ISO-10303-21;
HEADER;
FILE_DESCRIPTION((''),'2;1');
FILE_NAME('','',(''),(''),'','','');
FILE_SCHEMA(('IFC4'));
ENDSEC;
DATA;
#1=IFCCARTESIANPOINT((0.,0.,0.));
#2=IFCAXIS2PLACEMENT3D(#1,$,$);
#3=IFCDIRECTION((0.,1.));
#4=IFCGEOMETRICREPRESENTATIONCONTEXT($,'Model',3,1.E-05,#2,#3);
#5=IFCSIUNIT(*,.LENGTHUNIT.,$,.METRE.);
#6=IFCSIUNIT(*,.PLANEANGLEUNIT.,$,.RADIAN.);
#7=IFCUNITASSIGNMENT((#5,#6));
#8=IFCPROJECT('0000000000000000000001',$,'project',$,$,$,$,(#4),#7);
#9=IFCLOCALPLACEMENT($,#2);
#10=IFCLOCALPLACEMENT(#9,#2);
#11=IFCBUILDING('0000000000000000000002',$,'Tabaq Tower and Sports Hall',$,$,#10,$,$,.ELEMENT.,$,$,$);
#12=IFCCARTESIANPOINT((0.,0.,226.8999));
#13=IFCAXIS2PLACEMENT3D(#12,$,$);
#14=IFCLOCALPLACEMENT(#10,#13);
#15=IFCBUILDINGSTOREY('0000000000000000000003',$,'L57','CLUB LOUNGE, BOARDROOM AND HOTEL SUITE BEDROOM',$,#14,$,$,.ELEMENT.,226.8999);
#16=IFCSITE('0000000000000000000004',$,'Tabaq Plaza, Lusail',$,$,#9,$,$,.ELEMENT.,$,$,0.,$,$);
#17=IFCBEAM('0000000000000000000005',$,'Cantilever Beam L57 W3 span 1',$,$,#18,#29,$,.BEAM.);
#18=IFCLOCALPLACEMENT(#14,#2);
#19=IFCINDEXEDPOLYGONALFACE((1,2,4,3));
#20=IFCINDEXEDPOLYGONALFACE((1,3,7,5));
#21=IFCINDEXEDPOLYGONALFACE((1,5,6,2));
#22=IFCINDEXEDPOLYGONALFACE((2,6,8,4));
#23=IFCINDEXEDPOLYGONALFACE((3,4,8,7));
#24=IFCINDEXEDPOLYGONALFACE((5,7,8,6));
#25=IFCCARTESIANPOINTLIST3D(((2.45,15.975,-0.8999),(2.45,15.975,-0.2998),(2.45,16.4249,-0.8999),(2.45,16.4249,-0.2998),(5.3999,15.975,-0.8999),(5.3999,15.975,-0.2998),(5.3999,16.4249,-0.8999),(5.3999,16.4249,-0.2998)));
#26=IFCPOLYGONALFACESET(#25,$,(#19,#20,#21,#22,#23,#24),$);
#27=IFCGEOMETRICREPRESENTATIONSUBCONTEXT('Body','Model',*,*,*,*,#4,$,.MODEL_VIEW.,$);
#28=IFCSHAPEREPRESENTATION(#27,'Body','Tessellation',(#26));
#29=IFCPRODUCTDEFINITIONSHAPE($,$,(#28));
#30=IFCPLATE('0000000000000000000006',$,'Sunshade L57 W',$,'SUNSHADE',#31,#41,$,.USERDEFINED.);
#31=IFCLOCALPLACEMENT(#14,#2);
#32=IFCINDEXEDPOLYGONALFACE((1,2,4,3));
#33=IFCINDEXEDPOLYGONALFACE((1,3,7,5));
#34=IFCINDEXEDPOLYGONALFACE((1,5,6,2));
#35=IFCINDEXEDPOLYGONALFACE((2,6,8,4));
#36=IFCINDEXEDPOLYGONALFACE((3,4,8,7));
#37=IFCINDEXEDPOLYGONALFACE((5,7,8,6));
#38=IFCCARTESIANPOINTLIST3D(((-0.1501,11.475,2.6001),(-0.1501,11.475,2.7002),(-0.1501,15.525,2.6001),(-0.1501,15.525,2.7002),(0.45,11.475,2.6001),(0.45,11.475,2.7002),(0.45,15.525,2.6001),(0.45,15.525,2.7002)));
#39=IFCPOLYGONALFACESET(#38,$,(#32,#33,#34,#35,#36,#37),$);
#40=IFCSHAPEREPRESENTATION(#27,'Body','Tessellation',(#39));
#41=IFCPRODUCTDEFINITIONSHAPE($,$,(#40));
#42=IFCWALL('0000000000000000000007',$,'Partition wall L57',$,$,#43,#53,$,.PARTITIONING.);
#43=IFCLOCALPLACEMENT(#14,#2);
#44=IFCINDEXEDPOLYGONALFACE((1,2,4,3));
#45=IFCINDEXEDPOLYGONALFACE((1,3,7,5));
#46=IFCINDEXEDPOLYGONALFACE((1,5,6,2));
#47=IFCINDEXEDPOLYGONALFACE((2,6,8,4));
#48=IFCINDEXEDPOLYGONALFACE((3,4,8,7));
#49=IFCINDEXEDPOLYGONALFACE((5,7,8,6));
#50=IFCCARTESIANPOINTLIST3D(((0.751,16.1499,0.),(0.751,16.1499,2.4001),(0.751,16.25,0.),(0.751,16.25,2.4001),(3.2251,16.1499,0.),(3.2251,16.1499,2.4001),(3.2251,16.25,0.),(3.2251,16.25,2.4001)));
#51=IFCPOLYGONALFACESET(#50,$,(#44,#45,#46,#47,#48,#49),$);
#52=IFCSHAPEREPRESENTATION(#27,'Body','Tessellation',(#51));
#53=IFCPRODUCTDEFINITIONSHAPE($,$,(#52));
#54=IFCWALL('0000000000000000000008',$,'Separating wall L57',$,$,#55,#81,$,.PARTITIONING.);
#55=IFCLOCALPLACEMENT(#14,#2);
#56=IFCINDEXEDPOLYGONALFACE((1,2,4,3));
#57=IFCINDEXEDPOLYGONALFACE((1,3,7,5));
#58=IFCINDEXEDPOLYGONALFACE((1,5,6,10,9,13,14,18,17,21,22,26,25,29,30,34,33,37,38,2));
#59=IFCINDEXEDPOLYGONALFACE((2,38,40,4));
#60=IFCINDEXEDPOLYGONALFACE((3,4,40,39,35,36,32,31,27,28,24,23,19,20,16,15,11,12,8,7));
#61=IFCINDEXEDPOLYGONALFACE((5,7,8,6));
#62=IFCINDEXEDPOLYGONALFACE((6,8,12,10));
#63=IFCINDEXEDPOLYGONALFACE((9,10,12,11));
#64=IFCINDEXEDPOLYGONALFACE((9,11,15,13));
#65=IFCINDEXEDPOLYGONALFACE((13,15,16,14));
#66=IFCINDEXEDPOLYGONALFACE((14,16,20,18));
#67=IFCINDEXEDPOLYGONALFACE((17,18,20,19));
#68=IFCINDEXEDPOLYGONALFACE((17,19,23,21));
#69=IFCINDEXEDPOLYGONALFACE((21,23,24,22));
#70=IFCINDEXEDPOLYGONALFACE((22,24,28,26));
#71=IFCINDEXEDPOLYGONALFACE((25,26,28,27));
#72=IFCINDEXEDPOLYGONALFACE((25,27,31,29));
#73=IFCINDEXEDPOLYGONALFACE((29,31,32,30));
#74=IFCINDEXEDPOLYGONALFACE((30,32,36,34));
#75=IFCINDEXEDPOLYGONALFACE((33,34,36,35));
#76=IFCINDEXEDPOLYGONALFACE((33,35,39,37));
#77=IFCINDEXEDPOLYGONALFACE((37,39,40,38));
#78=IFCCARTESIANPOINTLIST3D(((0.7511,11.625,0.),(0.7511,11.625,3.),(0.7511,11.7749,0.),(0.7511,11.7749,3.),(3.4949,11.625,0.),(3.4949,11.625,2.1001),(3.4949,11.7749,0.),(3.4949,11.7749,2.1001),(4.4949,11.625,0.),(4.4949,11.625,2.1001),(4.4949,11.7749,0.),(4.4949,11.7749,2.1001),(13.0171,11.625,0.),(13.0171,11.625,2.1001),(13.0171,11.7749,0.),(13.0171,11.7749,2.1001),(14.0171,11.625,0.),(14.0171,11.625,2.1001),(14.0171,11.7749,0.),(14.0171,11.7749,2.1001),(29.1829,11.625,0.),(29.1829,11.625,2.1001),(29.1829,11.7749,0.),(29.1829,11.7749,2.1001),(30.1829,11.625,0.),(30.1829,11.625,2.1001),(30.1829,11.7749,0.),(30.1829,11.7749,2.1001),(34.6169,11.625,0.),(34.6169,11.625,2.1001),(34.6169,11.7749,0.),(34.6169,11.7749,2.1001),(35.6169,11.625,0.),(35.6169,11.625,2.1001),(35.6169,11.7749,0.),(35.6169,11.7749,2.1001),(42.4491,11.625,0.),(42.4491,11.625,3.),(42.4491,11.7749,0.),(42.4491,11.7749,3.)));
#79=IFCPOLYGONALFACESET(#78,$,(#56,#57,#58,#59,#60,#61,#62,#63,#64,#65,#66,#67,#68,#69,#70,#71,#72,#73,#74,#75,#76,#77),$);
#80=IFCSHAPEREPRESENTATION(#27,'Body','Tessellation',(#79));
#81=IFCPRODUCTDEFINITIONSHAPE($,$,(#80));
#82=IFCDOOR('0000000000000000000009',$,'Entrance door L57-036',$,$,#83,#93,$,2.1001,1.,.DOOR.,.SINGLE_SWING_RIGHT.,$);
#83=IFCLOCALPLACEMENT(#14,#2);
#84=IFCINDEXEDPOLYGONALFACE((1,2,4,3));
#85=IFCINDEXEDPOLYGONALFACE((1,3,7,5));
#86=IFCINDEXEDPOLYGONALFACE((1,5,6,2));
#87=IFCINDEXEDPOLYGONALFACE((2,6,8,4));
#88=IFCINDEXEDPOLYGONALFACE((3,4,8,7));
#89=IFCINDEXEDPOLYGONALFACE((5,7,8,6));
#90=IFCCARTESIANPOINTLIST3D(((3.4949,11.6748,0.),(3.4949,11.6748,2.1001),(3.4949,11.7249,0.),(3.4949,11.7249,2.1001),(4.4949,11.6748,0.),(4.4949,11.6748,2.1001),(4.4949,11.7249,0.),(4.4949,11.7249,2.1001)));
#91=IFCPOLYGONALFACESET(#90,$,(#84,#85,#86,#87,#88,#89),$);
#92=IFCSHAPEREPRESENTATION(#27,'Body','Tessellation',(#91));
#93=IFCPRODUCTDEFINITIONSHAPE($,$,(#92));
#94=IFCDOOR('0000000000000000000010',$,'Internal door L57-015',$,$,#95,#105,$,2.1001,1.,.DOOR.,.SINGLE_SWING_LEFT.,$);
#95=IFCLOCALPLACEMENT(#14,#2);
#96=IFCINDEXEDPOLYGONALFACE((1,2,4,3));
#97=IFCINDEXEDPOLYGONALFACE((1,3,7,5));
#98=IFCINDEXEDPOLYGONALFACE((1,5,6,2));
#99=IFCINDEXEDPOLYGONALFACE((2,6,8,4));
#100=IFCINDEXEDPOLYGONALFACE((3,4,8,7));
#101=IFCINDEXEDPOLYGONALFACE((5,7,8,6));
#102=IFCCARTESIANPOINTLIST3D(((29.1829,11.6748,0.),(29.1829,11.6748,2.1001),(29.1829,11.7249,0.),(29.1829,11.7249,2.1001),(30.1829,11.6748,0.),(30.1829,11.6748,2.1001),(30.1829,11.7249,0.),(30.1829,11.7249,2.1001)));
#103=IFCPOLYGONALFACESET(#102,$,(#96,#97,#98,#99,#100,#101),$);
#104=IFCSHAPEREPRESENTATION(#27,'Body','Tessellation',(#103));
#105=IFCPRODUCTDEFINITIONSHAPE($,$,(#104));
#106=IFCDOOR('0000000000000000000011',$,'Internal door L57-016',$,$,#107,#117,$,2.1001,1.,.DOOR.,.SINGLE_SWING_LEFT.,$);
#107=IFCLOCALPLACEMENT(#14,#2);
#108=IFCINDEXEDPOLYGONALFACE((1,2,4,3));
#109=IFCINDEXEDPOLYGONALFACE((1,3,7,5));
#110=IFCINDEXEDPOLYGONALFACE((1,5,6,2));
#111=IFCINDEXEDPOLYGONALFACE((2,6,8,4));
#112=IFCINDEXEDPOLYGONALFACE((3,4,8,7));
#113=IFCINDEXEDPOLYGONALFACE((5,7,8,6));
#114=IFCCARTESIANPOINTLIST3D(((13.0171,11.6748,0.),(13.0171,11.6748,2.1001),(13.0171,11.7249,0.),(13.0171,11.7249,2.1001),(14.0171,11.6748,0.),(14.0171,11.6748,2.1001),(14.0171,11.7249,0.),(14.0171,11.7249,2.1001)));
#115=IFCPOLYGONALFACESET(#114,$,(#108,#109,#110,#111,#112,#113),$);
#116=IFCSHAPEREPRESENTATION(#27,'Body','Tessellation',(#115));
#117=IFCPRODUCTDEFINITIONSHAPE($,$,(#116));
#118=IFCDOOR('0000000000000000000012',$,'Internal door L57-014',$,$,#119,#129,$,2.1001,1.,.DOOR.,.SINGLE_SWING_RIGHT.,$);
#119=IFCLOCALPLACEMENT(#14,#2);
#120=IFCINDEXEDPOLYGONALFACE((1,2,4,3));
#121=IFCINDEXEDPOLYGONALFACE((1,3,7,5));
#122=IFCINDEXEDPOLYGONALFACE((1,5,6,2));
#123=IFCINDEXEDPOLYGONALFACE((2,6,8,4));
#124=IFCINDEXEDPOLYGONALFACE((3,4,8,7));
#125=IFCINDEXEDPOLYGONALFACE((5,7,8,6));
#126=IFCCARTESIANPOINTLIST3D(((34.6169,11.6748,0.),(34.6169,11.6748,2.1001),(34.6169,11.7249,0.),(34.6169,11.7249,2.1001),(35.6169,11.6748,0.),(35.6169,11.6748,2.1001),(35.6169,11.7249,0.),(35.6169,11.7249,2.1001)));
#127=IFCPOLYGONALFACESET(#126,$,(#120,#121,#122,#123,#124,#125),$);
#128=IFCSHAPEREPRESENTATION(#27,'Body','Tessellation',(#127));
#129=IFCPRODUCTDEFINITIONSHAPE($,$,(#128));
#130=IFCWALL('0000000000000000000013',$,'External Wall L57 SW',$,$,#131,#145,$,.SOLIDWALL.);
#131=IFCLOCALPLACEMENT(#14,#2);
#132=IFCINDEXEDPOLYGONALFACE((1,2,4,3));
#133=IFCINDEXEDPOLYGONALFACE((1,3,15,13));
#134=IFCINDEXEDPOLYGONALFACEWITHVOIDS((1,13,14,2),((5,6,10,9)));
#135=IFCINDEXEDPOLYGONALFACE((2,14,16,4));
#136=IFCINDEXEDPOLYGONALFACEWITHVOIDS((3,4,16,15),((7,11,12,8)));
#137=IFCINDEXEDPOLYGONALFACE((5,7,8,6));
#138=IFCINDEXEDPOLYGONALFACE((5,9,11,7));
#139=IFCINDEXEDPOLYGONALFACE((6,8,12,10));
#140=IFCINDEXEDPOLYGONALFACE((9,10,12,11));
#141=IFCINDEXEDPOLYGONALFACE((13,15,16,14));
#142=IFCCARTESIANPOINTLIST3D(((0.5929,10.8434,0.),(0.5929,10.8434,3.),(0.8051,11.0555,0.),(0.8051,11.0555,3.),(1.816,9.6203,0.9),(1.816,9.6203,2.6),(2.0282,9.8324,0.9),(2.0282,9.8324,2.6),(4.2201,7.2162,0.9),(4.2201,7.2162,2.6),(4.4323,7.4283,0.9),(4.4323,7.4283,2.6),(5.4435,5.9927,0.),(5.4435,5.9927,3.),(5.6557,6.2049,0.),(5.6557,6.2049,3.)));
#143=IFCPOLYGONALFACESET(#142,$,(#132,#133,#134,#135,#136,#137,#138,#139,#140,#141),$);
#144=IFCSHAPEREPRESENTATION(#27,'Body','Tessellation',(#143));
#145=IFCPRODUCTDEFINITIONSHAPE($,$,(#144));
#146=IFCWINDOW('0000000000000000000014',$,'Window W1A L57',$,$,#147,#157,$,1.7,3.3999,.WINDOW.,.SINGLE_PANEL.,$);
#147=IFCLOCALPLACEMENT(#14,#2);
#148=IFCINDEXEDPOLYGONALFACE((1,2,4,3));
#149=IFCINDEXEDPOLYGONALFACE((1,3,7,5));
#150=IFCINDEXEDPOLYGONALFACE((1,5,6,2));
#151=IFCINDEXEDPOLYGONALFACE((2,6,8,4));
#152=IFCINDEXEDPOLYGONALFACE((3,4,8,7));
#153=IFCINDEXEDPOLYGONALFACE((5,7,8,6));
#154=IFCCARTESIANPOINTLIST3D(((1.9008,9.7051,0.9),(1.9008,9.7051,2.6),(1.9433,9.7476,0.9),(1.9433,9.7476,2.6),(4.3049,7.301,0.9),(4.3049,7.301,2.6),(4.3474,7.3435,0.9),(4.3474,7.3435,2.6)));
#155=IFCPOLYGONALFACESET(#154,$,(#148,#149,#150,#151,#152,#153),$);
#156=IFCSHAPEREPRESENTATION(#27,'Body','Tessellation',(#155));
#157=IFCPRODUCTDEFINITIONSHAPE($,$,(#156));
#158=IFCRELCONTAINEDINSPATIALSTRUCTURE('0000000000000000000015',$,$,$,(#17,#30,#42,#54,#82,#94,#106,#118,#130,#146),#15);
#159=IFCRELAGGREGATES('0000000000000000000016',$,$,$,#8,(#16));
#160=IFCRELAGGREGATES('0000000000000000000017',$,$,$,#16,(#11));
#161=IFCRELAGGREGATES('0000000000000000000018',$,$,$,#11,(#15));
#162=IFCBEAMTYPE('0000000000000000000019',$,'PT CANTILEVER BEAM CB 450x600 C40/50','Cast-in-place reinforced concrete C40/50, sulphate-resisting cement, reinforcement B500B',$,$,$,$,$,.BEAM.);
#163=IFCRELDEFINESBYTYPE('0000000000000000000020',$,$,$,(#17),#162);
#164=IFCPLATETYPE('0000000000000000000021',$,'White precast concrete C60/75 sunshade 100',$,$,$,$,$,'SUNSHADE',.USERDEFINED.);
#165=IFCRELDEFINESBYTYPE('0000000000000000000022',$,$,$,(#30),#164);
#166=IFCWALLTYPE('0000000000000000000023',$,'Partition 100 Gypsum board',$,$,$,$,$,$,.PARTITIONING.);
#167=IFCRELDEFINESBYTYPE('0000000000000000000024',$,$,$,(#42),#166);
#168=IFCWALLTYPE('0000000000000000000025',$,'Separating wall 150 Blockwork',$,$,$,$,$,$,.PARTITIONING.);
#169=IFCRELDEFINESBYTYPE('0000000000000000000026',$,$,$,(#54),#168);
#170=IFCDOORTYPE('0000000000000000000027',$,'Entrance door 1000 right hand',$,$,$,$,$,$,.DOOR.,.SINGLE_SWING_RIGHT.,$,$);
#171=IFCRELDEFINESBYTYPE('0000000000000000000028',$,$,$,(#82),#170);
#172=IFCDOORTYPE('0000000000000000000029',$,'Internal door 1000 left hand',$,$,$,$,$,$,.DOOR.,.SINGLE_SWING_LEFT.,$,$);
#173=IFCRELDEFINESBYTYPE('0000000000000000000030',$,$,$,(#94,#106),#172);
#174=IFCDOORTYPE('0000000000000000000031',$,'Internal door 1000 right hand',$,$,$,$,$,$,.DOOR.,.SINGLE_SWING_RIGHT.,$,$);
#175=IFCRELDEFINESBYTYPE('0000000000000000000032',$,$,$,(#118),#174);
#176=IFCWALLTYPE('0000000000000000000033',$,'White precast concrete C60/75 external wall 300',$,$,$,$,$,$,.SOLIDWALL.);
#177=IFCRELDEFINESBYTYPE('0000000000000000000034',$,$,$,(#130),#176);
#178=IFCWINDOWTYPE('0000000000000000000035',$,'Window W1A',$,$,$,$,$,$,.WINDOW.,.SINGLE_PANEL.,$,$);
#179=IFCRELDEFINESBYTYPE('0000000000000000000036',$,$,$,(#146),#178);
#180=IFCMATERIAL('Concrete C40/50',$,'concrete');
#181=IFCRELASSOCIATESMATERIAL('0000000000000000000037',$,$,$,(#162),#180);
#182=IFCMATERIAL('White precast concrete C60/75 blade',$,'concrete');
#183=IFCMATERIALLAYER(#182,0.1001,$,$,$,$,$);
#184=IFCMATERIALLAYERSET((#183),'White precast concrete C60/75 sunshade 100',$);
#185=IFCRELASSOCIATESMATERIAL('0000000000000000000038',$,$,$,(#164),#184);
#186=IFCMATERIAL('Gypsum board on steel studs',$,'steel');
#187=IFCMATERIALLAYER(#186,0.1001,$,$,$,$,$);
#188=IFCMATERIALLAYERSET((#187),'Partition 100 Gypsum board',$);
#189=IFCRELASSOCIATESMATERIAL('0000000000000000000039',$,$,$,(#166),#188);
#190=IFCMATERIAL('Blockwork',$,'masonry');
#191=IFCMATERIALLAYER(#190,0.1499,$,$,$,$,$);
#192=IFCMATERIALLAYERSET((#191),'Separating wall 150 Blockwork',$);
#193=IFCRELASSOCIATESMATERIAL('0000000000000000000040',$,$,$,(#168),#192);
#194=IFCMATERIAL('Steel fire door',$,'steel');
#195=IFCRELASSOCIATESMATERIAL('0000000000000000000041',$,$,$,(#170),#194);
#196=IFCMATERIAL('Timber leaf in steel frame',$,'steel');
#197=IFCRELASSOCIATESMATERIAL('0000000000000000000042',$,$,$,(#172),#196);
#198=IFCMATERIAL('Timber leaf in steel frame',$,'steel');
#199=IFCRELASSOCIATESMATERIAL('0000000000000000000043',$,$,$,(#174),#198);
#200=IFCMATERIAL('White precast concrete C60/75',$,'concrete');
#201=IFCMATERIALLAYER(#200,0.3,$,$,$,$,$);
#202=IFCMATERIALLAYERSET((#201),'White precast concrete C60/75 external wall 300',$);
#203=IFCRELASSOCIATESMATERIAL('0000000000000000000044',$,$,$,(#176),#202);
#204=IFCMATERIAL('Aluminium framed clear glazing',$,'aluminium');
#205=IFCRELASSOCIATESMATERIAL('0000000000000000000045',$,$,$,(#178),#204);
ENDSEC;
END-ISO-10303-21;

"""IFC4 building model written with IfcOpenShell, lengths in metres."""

from ifc_helpers import new_model, si_unit, direction, frame, frame_2d, origin, origin_2d, place, context, subcontext, project, spatial, rectangle, extrude, material, layer, layer_set, material_profile, profile_set, type_object, element, fill, save


model = new_model("IFC4")

# Units and contexts
model_context = context("Model", 3, precision=1e-05, world=origin(), true_north=direction((0.0, 1.0)))
body_context = subcontext(model_context, "Body", "Model", "MODEL_VIEW")
ifc_project = project(units=[si_unit("LENGTHUNIT", "METRE"), si_unit("PLANEANGLEUNIT", "RADIAN")], contexts=[model_context])

# Site, building, storey
site_placement = place(None, origin())
site = spatial("IfcSite", under=ifc_project, at=site_placement, Name="Tabaq Plaza, Lusail", CompositionType="ELEMENT", RefElevation=0.0)
building_placement = place(site_placement, origin())
building = spatial("IfcBuilding", under=site, at=building_placement, Name="Tabaq Tower and Sports Hall", CompositionType="ELEMENT")
storey_placement = place(building_placement, frame((0.0, 0.0, 226.8999)))
storey = spatial("IfcBuildingStorey", under=building, at=storey_placement, Name="L57", Description="CLUB LOUNGE, BOARDROOM AND HOTEL SUITE BEDROOM", CompositionType="ELEMENT", Elevation=226.8999)

# Beam
ifc_material_1 = material(Name="Concrete C40/50", Category="concrete")
ifc_material_profile = material_profile(ifc_material_1, rectangle(XDim=0.45, YDim=0.6001, at=origin_2d()), Name="CB 450x600")
ifc_profile_set = profile_set([ifc_material_profile], Name="Concrete C40/50")
beam_type = type_object("IfcBeamType", Name="PT CANTILEVER BEAM CB 450x600 C40/50", Description="Cast-in-place reinforced concrete C40/50, sulphate-resisting cement, reinforcement B500B", PredefinedType="BEAM", material=ifc_profile_set)
beam_placement = place(storey_placement, frame((2.45, 16.2, -0.5999), z_axis=(1.0, 0.0, 0.0), x_axis=(0.0, 1.0, 0.0)))
element("IfcBeam", 1, at=beam_placement, inside=storey, type_object=beam_type, Name="Cantilever Beam L57 W3 span 1", PredefinedType="BEAM", context=body_context, shape_type="SweptSolid", body=[
    extrude(rectangle(XDim=0.45, YDim=0.6001, at=origin_2d()), origin(), (0.0, 0.0, 1.0), 2.95),
])

# Plate
ifc_material_2 = material(Name="White precast concrete C60/75 blade", Category="concrete")
ifc_layer_1 = layer(ifc_material_2, 0.1001)
ifc_layer_set_1 = layer_set([ifc_layer_1], Name="White precast concrete C60/75 sunshade 100")
plate_type = type_object("IfcPlateType", Name="White precast concrete C60/75 sunshade 100", ElementType="SUNSHADE", PredefinedType="USERDEFINED", material=ifc_layer_set_1)
plate_placement = place(storey_placement, frame((0.1499, 13.5, 2.6001), z_axis=(0.0, 0.0, 1.0), x_axis=(0.0, -1.0, 0.0)))
element("IfcPlate", 2, at=plate_placement, inside=storey, type_object=plate_type, Name="Sunshade L57 W", ObjectType="SUNSHADE", PredefinedType="USERDEFINED", context=body_context, shape_type="SweptSolid", body=[
    extrude(rectangle(XDim=4.05, YDim=0.6001, at=origin_2d()), origin(), (0.0, 0.0, 1.0), 0.1001),
])

# Wall
ifc_material_3 = material(Name="Gypsum board on steel studs", Category="steel")
ifc_layer_2 = layer(ifc_material_3, 0.1001)
ifc_layer_set_2 = layer_set([ifc_layer_2], Name="Partition 100 Gypsum board")
wall_type_1 = type_object("IfcWallType", Name="Partition 100 Gypsum board", PredefinedType="PARTITIONING", material=ifc_layer_set_2)
wall_1_placement = place(storey_placement, frame((3.2251, 16.2, 0.0), z_axis=(0.0, 0.0, 1.0), x_axis=(-1.0, 0.0, 0.0)))
element("IfcWall", 3, at=wall_1_placement, inside=storey, type_object=wall_type_1, Name="Partition wall L57", PredefinedType="PARTITIONING", context=body_context, shape_type="SweptSolid", body=[
    extrude(rectangle(XDim=2.4741, YDim=0.1001, at=frame_2d((1.2371, 0.0))), origin(), (0.0, 0.0, 1.0), 2.4001),
])

# Wall, openings, doors
ifc_material_4 = material(Name="Blockwork", Category="masonry")
ifc_layer_3 = layer(ifc_material_4, 0.1499)
ifc_layer_set_3 = layer_set([ifc_layer_3], Name="Separating wall 150 Blockwork")
wall_type_2 = type_object("IfcWallType", Name="Separating wall 150 Blockwork", PredefinedType="PARTITIONING", material=ifc_layer_set_3)
wall_2_placement = place(storey_placement, frame((0.751, 11.7, 0.0), z_axis=(0.0, 0.0, 1.0), x_axis=(1.0, 0.0, 0.0)))
wall_2 = element("IfcWall", 4, at=wall_2_placement, inside=storey, type_object=wall_type_2, Name="Separating wall L57", PredefinedType="PARTITIONING", context=body_context, shape_type="SweptSolid", body=[
    extrude(rectangle(XDim=41.698, YDim=0.1499, at=frame_2d((20.8491, 0.0))), origin(), (0.0, 0.0, 1.0), 3.0),
])
opening_1_placement = place(wall_2_placement, frame((33.866, 0.0, 0.0)))
opening_1 = element("IfcOpeningElement", 5, at=opening_1_placement, cuts=wall_2, PredefinedType="OPENING", context=body_context, shape_type="SweptSolid", body=[
    extrude(rectangle(XDim=1.0, YDim=2.1001, at=frame_2d((0.5, 1.05))), frame((0.0, 0.075, 0.0), z_axis=(0.0, -1.0, 0.0), x_axis=(1.0, 0.0, 0.0)), (0.0, 0.0, 1.0), 0.1499),
])
opening_2_placement = place(wall_2_placement, frame((28.4319, 0.0, 0.0)))
opening_2 = element("IfcOpeningElement", 6, at=opening_2_placement, cuts=wall_2, PredefinedType="OPENING", context=body_context, shape_type="SweptSolid", body=[
    extrude(rectangle(XDim=1.0, YDim=2.1001, at=frame_2d((0.5, 1.05))), frame((0.0, 0.075, 0.0), z_axis=(0.0, -1.0, 0.0), x_axis=(1.0, 0.0, 0.0)), (0.0, 0.0, 1.0), 0.1499),
])
opening_3_placement = place(wall_2_placement, frame((12.2661, 0.0, 0.0)))
opening_3 = element("IfcOpeningElement", 7, at=opening_3_placement, cuts=wall_2, PredefinedType="OPENING", context=body_context, shape_type="SweptSolid", body=[
    extrude(rectangle(XDim=1.0, YDim=2.1001, at=frame_2d((0.5, 1.05))), frame((0.0, 0.075, 0.0), z_axis=(0.0, -1.0, 0.0), x_axis=(1.0, 0.0, 0.0)), (0.0, 0.0, 1.0), 0.1499),
])
opening_4_placement = place(wall_2_placement, frame((2.7439, 0.0, 0.0)))
opening_4 = element("IfcOpeningElement", 8, at=opening_4_placement, cuts=wall_2, PredefinedType="OPENING", context=body_context, shape_type="SweptSolid", body=[
    extrude(rectangle(XDim=1.0, YDim=2.1001, at=frame_2d((0.5, 1.05))), frame((0.0, 0.075, 0.0), z_axis=(0.0, -1.0, 0.0), x_axis=(1.0, 0.0, 0.0)), (0.0, 0.0, 1.0), 0.1499),
])
ifc_material_5 = material(Name="Steel fire door", Category="steel")
door_type_1 = type_object("IfcDoorType", Name="Entrance door 1000 right hand", OperationType="SINGLE_SWING_RIGHT", PredefinedType="DOOR", material=ifc_material_5)
door_1_placement = place(opening_4_placement, origin())
door_1 = element("IfcDoor", 9, at=door_1_placement, inside=storey, type_object=door_type_1, Name="Entrance door L57-036", OperationType="SINGLE_SWING_RIGHT", OverallHeight=2.1001, OverallWidth=1.0, PredefinedType="DOOR", context=body_context, shape_type="SweptSolid", body=[
    extrude(rectangle(XDim=1.0, YDim=2.1001, at=frame_2d((0.5, 1.05))), frame((0.0, 0.0249, 0.0), z_axis=(0.0, -1.0, 0.0), x_axis=(1.0, 0.0, 0.0)), (0.0, 0.0, 1.0), 0.05),
])
fill(opening_4, door_1)
ifc_material_6 = material(Name="Timber leaf in steel frame", Category="steel")
door_type_2 = type_object("IfcDoorType", Name="Internal door 1000 left hand", OperationType="SINGLE_SWING_LEFT", PredefinedType="DOOR", material=ifc_material_6)
door_2_placement = place(opening_2_placement, origin())
door_2 = element("IfcDoor", 10, at=door_2_placement, inside=storey, type_object=door_type_2, Name="Internal door L57-015", OperationType="SINGLE_SWING_LEFT", OverallHeight=2.1001, OverallWidth=1.0, PredefinedType="DOOR", context=body_context, shape_type="SweptSolid", body=[
    extrude(rectangle(XDim=1.0, YDim=2.1001, at=frame_2d((0.5, 1.05))), frame((0.0, 0.0249, 0.0), z_axis=(0.0, -1.0, 0.0), x_axis=(1.0, 0.0, 0.0)), (0.0, 0.0, 1.0), 0.05),
])
fill(opening_2, door_2)
door_3_placement = place(opening_3_placement, origin())
door_3 = element("IfcDoor", 11, at=door_3_placement, inside=storey, type_object=door_type_2, Name="Internal door L57-016", OperationType="SINGLE_SWING_LEFT", OverallHeight=2.1001, OverallWidth=1.0, PredefinedType="DOOR", context=body_context, shape_type="SweptSolid", body=[
    extrude(rectangle(XDim=1.0, YDim=2.1001, at=frame_2d((0.5, 1.05))), frame((0.0, 0.0249, 0.0), z_axis=(0.0, -1.0, 0.0), x_axis=(1.0, 0.0, 0.0)), (0.0, 0.0, 1.0), 0.05),
])
fill(opening_3, door_3)
ifc_material_7 = material(Name="Timber leaf in steel frame", Category="steel")
door_type_3 = type_object("IfcDoorType", Name="Internal door 1000 right hand", OperationType="SINGLE_SWING_RIGHT", PredefinedType="DOOR", material=ifc_material_7)
door_4_placement = place(opening_1_placement, origin())
door_4 = element("IfcDoor", 12, at=door_4_placement, inside=storey, type_object=door_type_3, Name="Internal door L57-014", OperationType="SINGLE_SWING_RIGHT", OverallHeight=2.1001, OverallWidth=1.0, PredefinedType="DOOR", context=body_context, shape_type="SweptSolid", body=[
    extrude(rectangle(XDim=1.0, YDim=2.1001, at=frame_2d((0.5, 1.05))), frame((0.0, 0.0249, 0.0), z_axis=(0.0, -1.0, 0.0), x_axis=(1.0, 0.0, 0.0)), (0.0, 0.0, 1.0), 0.05),
])
fill(opening_1, door_4)

# Wall, opening, window
ifc_material_8 = material(Name="White precast concrete C60/75", Category="concrete")
ifc_layer_4 = layer(ifc_material_8, 0.3)
ifc_layer_set_4 = layer_set([ifc_layer_4], Name="White precast concrete C60/75 external wall 300")
wall_type_3 = type_object("IfcWallType", Name="White precast concrete C60/75 external wall 300", PredefinedType="SOLIDWALL", material=ifc_layer_set_4)
wall_3_placement = place(storey_placement, frame((0.699, 10.9495, 0.0), z_axis=(0.0, 0.0, 1.0), x_axis=(0.707107, -0.707107, 0.0)))
wall_3 = element("IfcWall", 13, at=wall_3_placement, inside=storey, type_object=wall_type_3, Name="External Wall L57 SW", PredefinedType="SOLIDWALL", context=body_context, shape_type="SweptSolid", body=[
    extrude(rectangle(XDim=6.8599, YDim=0.3, at=frame_2d((3.4299, 0.0))), origin(), (0.0, 0.0, 1.0), 3.0),
])
opening_5_placement = place(wall_3_placement, frame((1.7297, 0.0, 0.8999)))
opening_5 = element("IfcOpeningElement", 14, at=opening_5_placement, cuts=wall_3, PredefinedType="OPENING", context=body_context, shape_type="SweptSolid", body=[
    extrude(rectangle(XDim=3.3999, YDim=1.7, at=frame_2d((1.7, 0.8501))), frame((0.0, 0.1602, 0.0), z_axis=(0.0, -1.0, 0.0), x_axis=(1.0, 0.0, 0.0)), (0.0, 0.0, 1.0), 0.3201),
])
ifc_material_9 = material(Name="Aluminium framed clear glazing", Category="aluminium")
window_type = type_object("IfcWindowType", Name="Window W1A", PartitioningType="SINGLE_PANEL", PredefinedType="WINDOW", material=ifc_material_9)
window_placement = place(opening_5_placement, origin())
window = element("IfcWindow", 15, at=window_placement, inside=storey, type_object=window_type, Name="Window W1A L57", OverallHeight=1.7, OverallWidth=3.3999, PartitioningType="SINGLE_PANEL", PredefinedType="WINDOW", context=body_context, shape_type="SweptSolid", body=[
    extrude(rectangle(XDim=3.3999, YDim=1.7, at=frame_2d((1.7, 0.8501))), frame((0.0, 0.03, 0.0), z_axis=(0.0, -1.0, 0.0), x_axis=(1.0, 0.0, 0.0)), (0.0, 0.0, 1.0), 0.0601),
])
fill(opening_5, window)

save(model, "model.ifc")
